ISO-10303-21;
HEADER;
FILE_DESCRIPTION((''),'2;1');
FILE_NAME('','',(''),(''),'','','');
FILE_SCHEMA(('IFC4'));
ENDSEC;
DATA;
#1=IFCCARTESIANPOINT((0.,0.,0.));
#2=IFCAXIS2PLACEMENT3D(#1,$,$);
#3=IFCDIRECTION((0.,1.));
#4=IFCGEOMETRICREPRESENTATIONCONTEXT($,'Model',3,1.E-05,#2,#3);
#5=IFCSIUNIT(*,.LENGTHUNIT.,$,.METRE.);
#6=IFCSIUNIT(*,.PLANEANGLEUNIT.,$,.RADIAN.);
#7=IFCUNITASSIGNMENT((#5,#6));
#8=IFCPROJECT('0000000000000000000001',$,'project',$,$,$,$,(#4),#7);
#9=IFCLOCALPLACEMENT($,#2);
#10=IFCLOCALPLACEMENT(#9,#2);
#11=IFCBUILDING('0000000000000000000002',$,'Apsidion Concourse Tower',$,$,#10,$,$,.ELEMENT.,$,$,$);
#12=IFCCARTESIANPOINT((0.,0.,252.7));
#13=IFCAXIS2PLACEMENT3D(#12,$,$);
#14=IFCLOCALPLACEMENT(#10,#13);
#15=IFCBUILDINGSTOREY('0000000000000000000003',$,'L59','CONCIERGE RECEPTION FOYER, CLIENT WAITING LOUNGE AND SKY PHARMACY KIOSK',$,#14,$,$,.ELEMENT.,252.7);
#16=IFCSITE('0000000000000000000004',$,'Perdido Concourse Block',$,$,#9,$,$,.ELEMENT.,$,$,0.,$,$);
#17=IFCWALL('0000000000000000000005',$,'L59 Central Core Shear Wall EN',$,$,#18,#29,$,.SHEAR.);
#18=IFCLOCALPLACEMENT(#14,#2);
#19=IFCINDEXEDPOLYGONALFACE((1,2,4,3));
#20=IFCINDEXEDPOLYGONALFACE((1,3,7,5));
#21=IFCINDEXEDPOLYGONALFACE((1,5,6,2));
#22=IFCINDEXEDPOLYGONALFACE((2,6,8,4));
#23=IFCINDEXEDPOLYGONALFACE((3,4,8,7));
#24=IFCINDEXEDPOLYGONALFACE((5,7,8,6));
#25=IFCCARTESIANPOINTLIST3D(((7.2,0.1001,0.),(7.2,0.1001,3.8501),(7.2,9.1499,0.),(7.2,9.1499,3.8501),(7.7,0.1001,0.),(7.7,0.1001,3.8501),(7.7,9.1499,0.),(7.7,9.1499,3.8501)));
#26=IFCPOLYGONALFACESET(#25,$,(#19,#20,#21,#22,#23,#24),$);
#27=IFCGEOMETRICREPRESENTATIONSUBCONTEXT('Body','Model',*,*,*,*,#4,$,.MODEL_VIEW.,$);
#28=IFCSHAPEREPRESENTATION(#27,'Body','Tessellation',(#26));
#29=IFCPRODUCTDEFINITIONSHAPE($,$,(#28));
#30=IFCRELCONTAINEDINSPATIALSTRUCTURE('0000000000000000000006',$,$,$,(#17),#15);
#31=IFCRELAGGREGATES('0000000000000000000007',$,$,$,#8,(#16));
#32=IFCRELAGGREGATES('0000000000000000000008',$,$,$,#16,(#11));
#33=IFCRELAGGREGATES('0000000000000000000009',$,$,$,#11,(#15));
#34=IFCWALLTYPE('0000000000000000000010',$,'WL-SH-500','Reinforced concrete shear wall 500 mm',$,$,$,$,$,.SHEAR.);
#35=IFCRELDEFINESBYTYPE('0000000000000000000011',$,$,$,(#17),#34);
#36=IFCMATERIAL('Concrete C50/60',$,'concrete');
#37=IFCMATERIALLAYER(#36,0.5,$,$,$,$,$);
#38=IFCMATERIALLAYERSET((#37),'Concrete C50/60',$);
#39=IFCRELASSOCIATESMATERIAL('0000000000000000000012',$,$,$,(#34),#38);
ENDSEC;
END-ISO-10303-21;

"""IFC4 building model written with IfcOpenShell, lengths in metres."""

from ifc_helpers import new_model, si_unit, direction, frame, frame_2d, origin, place, context, subcontext, project, spatial, rectangle, extrude, material, layer, layer_set, type_object, element, save


model = new_model("IFC4")

# Units and contexts
model_context = context("Model", 3, precision=1e-05, world=origin(), true_north=direction((0.0, 1.0)))
body_context = subcontext(model_context, "Body", "Model", "MODEL_VIEW")
ifc_project = project(units=[si_unit("LENGTHUNIT", "METRE"), si_unit("PLANEANGLEUNIT", "RADIAN")], contexts=[model_context])

# Site, building, storey
site_placement = place(None, origin())
site = spatial("IfcSite", under=ifc_project, at=site_placement, Name="Perdido Concourse Block", CompositionType="ELEMENT", RefElevation=0.0)
building_placement = place(site_placement, origin())
building = spatial("IfcBuilding", under=site, at=building_placement, Name="Apsidion Concourse Tower", CompositionType="ELEMENT")
storey_placement = place(building_placement, frame((0.0, 0.0, 252.7)))
storey = spatial("IfcBuildingStorey", under=building, at=storey_placement, Name="L59", Description="CONCIERGE RECEPTION FOYER, CLIENT WAITING LOUNGE AND SKY PHARMACY KIOSK", CompositionType="ELEMENT", Elevation=252.7)

# Shared definitions
ifc_material_1 = material(Name="Concrete C50/60", Category="concrete")

# Wall
ifc_layer_1 = layer(ifc_material_1, 0.5)
ifc_layer_set_1 = layer_set([ifc_layer_1], Name="Concrete C50/60")
wall_type_1 = type_object("IfcWallType", Name="WL-SH-500", Description="Reinforced concrete shear wall 500 mm", PredefinedType="SHEAR", material=ifc_layer_set_1)
wall_1_placement = place(storey_placement, frame((7.45, 0.1001, 0.0), z_axis=(0.0, 0.0, 1.0), x_axis=(0.0, 1.0, 0.0)))
element("IfcWall", 1, at=wall_1_placement, inside=storey, type_object=wall_type_1, Name="L59 Central Core Shear Wall EN", PredefinedType="SHEAR", context=body_context, shape_type="SweptSolid", body=[
    extrude(rectangle(XDim=9.0498, YDim=0.5, at=frame_2d((4.5249, 0.0))), origin(), (0.0, 0.0, 1.0), 3.8501),
])

save(model, "model.ifc")
